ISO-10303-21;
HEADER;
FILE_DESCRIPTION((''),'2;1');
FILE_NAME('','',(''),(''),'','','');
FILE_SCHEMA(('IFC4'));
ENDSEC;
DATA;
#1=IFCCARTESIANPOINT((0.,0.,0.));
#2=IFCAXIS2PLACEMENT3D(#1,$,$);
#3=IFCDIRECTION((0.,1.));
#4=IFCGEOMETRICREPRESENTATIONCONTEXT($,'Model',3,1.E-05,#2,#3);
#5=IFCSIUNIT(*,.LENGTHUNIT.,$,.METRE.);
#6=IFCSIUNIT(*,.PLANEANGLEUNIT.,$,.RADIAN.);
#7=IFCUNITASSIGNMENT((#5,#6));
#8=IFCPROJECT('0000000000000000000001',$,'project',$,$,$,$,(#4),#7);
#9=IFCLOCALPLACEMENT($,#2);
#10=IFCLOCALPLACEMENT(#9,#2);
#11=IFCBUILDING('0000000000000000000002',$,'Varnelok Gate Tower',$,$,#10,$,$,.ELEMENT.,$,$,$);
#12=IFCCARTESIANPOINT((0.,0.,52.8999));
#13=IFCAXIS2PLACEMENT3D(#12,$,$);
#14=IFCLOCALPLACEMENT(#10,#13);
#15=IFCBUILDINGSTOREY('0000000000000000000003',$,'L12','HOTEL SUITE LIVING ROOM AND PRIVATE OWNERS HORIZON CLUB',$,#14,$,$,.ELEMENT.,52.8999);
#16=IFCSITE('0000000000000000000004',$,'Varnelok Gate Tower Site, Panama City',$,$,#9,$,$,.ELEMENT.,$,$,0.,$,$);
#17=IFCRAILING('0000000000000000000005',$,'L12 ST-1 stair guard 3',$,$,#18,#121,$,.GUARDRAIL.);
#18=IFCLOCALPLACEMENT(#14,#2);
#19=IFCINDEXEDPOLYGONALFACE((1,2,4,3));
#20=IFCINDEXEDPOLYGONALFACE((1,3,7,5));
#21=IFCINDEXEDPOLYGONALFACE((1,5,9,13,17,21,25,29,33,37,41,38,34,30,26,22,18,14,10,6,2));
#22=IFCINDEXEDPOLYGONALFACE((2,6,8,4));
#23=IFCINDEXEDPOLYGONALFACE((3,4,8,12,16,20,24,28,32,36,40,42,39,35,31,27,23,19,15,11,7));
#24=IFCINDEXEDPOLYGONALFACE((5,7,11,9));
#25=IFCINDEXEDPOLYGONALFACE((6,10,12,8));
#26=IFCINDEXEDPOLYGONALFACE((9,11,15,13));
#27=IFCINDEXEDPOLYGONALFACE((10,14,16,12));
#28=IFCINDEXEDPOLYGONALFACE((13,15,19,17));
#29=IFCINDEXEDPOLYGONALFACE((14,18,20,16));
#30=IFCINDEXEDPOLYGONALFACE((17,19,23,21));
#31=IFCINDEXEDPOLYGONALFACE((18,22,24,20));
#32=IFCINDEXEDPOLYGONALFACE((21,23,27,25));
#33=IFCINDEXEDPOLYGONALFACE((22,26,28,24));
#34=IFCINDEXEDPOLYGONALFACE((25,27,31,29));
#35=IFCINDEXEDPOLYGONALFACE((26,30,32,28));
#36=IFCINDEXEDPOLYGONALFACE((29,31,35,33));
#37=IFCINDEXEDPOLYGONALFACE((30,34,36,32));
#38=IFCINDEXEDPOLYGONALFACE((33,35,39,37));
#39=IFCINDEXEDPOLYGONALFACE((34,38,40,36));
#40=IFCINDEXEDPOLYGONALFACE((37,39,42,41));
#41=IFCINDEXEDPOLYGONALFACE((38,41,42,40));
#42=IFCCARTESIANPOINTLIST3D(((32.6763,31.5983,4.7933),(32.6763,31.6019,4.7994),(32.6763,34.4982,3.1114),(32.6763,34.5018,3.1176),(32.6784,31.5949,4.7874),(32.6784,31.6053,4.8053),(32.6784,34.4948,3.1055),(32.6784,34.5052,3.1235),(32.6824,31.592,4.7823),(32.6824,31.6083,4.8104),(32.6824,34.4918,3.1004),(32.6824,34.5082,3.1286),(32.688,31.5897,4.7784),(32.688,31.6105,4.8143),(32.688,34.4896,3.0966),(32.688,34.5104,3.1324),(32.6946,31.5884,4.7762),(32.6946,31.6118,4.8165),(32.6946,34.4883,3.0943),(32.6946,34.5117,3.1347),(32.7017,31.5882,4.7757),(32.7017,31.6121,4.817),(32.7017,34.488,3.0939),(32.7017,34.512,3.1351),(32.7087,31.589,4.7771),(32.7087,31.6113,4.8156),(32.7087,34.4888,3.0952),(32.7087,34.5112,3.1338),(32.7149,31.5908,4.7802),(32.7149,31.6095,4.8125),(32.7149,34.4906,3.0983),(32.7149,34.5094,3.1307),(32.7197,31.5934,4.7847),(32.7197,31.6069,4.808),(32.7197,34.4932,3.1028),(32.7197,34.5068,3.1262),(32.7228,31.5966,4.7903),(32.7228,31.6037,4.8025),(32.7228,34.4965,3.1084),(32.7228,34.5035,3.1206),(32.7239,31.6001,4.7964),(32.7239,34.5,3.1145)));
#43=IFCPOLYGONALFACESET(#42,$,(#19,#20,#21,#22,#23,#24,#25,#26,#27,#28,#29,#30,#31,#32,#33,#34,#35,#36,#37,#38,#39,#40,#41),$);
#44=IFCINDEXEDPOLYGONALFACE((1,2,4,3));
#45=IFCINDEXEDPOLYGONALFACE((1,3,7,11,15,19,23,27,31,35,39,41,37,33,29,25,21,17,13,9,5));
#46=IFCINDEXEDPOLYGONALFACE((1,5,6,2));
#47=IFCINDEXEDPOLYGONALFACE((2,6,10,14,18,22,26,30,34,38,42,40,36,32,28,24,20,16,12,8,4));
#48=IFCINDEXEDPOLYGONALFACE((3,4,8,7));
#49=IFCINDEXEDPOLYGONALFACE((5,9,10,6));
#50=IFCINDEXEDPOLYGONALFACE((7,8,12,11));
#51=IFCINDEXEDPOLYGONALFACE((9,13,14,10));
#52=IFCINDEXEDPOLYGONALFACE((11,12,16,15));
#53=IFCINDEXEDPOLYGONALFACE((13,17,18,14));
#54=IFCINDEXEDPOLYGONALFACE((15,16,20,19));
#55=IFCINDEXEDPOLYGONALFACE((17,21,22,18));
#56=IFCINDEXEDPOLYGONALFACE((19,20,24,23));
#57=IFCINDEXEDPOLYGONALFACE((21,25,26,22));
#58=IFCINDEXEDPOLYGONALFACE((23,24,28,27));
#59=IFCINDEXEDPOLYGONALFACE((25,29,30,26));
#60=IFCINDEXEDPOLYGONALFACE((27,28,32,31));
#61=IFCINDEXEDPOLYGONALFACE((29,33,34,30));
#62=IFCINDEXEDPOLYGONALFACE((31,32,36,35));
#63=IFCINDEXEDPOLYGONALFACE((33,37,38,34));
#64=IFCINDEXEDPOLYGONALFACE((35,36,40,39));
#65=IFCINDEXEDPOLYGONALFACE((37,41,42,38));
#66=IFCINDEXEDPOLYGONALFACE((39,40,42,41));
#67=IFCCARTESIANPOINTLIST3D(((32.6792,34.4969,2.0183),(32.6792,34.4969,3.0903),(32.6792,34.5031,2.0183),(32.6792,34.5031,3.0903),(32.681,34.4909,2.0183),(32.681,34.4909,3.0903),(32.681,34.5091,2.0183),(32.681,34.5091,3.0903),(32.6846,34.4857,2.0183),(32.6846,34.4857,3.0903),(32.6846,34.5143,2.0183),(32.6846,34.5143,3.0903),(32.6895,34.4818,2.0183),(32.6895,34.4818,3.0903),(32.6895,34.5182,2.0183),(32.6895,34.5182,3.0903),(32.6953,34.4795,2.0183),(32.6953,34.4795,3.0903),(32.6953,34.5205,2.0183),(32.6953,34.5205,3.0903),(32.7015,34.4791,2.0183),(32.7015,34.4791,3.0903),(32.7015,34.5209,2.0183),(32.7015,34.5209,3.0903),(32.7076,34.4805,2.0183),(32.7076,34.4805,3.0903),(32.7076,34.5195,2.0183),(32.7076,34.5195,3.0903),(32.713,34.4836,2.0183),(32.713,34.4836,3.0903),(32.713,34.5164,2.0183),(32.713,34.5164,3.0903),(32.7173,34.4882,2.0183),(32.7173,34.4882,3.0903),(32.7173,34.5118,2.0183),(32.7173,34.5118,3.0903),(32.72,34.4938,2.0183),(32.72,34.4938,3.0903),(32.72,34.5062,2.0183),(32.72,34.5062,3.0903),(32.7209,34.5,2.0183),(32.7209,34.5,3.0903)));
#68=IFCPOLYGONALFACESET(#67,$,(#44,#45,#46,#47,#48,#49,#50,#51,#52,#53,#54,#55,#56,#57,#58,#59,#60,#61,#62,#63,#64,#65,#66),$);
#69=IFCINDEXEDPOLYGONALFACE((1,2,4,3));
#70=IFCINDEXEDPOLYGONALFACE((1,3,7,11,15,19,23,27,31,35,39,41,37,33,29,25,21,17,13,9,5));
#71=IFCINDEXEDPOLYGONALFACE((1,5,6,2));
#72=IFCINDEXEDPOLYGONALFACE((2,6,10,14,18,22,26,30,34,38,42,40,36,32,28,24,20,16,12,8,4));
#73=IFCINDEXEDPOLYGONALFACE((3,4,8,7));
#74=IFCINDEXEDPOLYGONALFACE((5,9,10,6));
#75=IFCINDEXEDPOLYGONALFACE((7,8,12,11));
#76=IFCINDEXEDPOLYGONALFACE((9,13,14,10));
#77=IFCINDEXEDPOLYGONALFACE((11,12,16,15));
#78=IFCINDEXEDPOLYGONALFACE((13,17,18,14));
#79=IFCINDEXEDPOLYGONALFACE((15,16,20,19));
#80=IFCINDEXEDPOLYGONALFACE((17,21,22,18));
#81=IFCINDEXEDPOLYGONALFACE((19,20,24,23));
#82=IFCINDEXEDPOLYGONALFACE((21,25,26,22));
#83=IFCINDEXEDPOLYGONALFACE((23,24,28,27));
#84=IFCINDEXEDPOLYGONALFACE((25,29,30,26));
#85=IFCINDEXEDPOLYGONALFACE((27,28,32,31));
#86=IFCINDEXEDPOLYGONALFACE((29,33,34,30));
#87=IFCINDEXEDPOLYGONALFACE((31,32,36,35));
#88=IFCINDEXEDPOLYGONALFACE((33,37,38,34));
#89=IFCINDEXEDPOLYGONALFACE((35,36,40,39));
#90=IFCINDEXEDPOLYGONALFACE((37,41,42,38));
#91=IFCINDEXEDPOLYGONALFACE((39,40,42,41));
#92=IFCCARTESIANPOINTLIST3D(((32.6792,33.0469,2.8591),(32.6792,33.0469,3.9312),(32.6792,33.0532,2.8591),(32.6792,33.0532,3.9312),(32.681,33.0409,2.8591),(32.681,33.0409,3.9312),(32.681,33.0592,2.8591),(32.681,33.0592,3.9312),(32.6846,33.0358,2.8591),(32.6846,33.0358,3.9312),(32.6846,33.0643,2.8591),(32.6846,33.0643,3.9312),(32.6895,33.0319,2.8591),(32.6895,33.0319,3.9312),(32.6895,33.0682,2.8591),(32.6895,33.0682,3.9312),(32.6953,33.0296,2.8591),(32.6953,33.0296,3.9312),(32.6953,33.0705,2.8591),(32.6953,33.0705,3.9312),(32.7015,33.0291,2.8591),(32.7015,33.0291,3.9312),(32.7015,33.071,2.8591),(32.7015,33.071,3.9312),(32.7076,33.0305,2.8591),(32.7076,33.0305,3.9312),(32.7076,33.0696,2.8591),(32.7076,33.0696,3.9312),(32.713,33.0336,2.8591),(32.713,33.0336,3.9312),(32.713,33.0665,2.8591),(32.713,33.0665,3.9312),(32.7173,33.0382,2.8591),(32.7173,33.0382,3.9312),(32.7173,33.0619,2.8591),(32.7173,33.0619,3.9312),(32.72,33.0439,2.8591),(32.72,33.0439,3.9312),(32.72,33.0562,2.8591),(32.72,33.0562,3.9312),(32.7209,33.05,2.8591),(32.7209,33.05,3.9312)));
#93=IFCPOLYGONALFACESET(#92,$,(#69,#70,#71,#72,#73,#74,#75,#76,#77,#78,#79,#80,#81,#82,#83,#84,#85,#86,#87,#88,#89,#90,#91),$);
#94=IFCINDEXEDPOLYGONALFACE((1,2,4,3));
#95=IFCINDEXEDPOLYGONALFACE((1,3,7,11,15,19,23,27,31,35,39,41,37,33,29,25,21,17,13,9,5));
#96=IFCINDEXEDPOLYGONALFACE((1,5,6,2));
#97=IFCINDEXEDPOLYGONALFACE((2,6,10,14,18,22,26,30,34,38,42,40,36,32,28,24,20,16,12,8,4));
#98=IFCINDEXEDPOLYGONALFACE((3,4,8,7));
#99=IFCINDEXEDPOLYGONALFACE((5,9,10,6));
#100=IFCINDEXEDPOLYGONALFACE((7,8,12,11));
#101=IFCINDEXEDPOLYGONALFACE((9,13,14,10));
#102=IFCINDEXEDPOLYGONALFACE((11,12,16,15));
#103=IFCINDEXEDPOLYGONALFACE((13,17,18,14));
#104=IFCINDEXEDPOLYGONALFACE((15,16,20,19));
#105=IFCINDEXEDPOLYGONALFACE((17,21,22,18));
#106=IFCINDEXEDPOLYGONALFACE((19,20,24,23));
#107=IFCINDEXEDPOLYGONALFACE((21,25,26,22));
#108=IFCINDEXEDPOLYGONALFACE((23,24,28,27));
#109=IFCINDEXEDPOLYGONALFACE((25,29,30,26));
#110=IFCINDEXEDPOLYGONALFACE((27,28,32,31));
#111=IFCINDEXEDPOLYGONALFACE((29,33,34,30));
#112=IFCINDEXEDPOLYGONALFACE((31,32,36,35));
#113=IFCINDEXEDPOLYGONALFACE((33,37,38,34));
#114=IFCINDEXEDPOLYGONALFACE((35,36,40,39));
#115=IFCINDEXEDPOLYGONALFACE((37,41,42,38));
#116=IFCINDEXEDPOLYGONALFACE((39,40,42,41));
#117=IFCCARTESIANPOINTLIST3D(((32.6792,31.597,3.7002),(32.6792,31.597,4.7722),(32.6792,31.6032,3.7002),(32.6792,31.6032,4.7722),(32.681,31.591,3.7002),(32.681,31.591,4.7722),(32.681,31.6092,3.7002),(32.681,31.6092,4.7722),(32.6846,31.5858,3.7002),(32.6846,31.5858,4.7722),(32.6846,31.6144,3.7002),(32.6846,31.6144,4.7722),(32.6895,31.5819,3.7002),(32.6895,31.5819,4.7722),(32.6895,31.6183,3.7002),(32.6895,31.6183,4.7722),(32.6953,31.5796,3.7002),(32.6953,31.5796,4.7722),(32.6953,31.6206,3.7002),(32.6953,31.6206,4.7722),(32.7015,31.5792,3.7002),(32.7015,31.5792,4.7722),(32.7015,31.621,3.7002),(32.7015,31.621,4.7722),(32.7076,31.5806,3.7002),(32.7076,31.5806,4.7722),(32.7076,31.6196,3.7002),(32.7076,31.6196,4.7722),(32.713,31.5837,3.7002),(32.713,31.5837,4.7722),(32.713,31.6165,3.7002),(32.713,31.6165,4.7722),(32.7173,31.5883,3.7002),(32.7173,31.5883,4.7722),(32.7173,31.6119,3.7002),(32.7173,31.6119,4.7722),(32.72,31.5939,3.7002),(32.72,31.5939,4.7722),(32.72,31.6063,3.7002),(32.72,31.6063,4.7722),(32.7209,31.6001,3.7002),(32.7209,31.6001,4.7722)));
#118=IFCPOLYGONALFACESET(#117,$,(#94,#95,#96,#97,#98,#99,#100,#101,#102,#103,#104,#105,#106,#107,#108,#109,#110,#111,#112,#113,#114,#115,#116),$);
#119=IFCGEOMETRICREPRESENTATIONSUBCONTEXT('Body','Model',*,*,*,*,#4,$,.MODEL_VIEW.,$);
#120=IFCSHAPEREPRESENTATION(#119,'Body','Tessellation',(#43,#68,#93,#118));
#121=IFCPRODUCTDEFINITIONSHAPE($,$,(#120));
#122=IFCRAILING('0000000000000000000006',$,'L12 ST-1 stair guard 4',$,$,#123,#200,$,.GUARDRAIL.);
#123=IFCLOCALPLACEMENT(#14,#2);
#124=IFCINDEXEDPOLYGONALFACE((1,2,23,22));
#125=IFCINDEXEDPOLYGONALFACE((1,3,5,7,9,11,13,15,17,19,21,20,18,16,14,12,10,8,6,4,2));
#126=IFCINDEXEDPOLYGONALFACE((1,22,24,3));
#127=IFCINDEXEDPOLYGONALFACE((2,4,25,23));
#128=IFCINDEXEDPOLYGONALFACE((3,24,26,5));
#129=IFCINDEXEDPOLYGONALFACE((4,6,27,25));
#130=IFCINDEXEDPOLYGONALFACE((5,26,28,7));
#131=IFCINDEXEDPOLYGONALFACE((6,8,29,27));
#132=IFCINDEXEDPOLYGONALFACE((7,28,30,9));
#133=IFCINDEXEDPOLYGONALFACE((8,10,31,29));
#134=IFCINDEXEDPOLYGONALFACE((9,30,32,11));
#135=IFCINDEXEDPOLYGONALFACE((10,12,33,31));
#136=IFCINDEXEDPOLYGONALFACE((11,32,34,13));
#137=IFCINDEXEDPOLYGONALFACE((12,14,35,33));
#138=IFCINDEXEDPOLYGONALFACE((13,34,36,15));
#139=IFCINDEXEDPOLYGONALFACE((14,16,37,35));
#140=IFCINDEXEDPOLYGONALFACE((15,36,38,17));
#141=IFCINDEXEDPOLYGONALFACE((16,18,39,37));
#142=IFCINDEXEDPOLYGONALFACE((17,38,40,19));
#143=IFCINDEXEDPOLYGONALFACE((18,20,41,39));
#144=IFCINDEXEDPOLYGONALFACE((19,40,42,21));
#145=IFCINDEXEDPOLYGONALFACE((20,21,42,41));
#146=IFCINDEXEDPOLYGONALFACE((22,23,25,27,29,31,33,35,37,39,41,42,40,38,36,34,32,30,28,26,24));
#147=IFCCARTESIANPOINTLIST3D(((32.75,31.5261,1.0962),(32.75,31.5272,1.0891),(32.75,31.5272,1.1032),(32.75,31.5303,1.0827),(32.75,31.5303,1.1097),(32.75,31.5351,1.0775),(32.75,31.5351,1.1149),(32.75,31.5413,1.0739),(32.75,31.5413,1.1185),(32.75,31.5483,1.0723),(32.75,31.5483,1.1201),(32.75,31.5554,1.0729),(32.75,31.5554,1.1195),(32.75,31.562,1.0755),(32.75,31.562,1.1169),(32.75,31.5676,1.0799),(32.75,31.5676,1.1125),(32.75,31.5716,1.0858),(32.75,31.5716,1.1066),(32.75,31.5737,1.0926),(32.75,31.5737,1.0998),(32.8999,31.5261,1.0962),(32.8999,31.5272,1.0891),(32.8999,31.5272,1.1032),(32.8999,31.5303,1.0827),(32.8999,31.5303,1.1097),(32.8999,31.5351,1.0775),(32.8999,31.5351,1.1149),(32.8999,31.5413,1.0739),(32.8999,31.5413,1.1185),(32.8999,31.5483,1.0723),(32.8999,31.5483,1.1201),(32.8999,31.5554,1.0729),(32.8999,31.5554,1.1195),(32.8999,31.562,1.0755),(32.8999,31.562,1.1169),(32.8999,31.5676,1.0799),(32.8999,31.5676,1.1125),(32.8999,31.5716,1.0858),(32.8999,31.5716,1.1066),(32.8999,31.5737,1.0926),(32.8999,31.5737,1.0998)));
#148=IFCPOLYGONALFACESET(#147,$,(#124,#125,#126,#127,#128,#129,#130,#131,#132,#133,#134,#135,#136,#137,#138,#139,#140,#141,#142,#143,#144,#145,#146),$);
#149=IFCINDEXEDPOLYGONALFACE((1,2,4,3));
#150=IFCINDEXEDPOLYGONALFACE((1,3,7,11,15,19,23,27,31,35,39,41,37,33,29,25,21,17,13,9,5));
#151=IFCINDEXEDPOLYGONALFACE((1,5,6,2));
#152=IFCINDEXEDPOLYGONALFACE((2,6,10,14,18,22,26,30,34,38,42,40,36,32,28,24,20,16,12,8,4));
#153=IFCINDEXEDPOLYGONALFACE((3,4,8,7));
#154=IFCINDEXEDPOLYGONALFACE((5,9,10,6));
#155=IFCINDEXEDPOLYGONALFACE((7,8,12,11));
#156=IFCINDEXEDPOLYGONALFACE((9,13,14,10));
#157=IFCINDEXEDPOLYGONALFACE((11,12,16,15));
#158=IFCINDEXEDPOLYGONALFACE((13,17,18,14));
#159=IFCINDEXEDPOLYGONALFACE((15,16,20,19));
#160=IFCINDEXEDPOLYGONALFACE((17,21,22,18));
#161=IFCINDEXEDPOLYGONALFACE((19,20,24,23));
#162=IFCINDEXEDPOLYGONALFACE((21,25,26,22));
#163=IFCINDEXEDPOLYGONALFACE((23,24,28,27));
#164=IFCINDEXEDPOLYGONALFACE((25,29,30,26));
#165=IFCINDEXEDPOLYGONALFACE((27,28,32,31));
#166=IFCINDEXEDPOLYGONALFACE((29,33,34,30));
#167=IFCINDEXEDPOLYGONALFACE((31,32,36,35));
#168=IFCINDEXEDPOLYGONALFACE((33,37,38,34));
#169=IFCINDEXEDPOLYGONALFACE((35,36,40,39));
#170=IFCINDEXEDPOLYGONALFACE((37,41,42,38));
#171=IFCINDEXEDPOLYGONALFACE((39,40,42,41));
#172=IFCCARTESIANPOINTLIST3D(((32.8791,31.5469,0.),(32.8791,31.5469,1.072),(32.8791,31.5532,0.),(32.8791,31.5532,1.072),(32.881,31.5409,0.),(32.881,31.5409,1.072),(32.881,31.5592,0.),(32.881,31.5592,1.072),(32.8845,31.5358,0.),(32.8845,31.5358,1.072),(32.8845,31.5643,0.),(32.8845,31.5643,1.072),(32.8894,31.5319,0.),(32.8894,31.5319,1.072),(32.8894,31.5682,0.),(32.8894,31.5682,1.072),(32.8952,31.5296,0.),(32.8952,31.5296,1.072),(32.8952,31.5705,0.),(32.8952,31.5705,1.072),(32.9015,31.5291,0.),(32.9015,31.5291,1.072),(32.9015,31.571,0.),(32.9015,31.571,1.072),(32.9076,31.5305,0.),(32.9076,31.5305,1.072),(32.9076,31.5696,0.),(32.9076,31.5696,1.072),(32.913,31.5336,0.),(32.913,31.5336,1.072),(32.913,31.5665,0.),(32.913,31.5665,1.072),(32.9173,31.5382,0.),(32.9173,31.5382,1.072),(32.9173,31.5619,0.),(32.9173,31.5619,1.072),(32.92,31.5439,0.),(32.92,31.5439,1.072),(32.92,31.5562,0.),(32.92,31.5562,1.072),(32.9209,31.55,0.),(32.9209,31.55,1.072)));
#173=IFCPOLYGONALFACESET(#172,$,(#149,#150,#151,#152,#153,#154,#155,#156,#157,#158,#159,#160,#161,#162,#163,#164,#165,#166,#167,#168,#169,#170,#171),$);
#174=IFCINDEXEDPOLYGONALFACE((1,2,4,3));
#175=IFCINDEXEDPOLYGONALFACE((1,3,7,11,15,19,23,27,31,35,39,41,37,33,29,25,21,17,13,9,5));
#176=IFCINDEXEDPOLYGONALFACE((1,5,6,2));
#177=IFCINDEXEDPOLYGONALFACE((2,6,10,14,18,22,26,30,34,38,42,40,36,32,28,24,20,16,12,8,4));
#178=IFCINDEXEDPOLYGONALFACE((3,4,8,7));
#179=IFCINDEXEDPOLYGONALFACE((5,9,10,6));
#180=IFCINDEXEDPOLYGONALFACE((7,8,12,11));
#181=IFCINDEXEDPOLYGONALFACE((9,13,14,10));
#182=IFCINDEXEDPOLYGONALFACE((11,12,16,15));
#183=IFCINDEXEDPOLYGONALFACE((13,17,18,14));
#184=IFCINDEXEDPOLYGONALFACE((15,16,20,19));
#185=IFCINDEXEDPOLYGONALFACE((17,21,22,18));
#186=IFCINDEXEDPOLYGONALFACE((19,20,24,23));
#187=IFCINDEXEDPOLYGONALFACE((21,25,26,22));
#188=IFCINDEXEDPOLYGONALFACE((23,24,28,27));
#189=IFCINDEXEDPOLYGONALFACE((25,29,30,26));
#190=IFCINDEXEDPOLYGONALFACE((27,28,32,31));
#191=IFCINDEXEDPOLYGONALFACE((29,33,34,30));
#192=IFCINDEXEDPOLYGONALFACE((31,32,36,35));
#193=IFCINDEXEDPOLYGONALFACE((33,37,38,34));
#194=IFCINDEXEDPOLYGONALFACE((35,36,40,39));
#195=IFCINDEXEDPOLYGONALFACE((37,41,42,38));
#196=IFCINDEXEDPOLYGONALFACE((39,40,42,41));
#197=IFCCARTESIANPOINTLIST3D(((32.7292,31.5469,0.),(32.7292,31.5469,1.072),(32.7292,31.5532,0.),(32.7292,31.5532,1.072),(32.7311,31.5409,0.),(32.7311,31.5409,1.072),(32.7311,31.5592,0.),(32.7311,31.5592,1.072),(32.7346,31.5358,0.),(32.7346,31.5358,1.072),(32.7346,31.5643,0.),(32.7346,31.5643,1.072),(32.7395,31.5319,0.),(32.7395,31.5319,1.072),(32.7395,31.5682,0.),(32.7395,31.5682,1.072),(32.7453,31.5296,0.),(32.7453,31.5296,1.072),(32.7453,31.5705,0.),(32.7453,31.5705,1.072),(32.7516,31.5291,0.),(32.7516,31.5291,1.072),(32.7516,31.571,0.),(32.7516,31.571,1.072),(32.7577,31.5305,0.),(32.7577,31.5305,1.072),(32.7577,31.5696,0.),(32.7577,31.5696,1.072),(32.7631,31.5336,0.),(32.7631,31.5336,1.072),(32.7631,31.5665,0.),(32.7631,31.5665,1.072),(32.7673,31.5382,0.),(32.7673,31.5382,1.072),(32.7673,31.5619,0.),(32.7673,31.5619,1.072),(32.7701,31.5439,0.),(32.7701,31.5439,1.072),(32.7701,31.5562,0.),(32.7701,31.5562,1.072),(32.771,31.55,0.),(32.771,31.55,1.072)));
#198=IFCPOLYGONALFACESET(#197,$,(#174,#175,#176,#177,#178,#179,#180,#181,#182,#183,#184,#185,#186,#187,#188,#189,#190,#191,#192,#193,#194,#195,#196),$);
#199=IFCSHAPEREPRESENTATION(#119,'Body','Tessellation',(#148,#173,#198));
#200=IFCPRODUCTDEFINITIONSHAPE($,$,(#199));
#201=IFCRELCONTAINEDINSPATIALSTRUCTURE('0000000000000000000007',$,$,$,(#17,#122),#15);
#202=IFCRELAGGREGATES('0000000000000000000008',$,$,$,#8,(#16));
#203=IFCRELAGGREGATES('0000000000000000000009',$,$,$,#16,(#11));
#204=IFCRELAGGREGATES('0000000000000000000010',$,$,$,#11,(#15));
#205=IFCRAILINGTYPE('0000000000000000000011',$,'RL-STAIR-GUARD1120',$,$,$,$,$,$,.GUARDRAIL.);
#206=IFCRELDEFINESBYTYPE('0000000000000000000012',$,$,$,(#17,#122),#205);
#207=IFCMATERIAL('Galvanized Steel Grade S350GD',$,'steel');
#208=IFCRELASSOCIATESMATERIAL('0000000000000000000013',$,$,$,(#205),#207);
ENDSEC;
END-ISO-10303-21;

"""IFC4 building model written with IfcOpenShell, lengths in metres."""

from ifc_helpers import new_model, si_unit, direction, frame, origin, origin_2d, place, context, subcontext, project, spatial, circle, extrude, material, type_object, element, save


model = new_model("IFC4")

# Units and contexts
model_context = context("Model", 3, precision=1e-05, world=origin(), true_north=direction((0.0, 1.0)))
body_context = subcontext(model_context, "Body", "Model", "MODEL_VIEW")
ifc_project = project(units=[si_unit("LENGTHUNIT", "METRE"), si_unit("PLANEANGLEUNIT", "RADIAN")], contexts=[model_context])

# Site, building, storey
site_placement = place(None, origin())
site = spatial("IfcSite", under=ifc_project, at=site_placement, Name="Varnelok Gate Tower Site, Panama City", CompositionType="ELEMENT", RefElevation=0.0)
building_placement = place(site_placement, origin())
building = spatial("IfcBuilding", under=site, at=building_placement, Name="Varnelok Gate Tower", CompositionType="ELEMENT")
storey_placement = place(building_placement, frame((0.0, 0.0, 52.8999)))
storey = spatial("IfcBuildingStorey", under=building, at=storey_placement, Name="L12", Description="HOTEL SUITE LIVING ROOM AND PRIVATE OWNERS HORIZON CLUB", CompositionType="ELEMENT", Elevation=52.8999)

# Shared definitions
ifc_material_1 = material(Name="Galvanized Steel Grade S350GD", Category="steel")

# Railings
railing_type_1 = type_object("IfcRailingType", Name="RL-STAIR-GUARD1120", PredefinedType="GUARDRAIL", material=ifc_material_1)
railing_1_placement = place(storey_placement, frame((32.7, 34.5, 2.0183)))
element("IfcRailing", 1, at=railing_1_placement, inside=storey, type_object=railing_type_1, Name="L12 ST-1 stair guard 3", PredefinedType="GUARDRAIL", context=body_context, shape_type="SweptSolid", body=[
    extrude(circle(Radius=0.0239, at=origin_2d()), frame((0.0, 0.0, 1.0962), z_axis=(0.0, -0.865039, 0.501705), x_axis=(1.0, 0.0, 0.0)), (0.0, 0.0, 1.0), 3.3523),
    extrude(circle(Radius=0.021, at=origin_2d()), origin(), (0.0, 0.0, 1.0), 1.072),
    extrude(circle(Radius=0.021, at=origin_2d()), frame((0.0, -1.45, 0.8408)), (0.0, 0.0, 1.0), 1.072),
    extrude(circle(Radius=0.021, at=origin_2d()), frame((0.0, -2.8999, 1.6819)), (0.0, 0.0, 1.0), 1.072),
])
railing_2_placement = place(storey_placement, frame((32.8999, 31.55, 0.0)))
element("IfcRailing", 2, at=railing_2_placement, inside=storey, type_object=railing_type_1, Name="L12 ST-1 stair guard 4", PredefinedType="GUARDRAIL", context=body_context, shape_type="SweptSolid", body=[
    extrude(circle(Radius=0.0239, at=origin_2d()), frame((0.0, 0.0, 1.0962), z_axis=(-1.0, 0.0, 0.0), x_axis=(0.0, -1.0, 0.0)), (0.0, 0.0, 1.0), 0.1499),
    extrude(circle(Radius=0.021, at=origin_2d()), origin(), (0.0, 0.0, 1.0), 1.072),
    extrude(circle(Radius=0.021, at=origin_2d()), frame((-0.1499, 0.0, 0.0)), (0.0, 0.0, 1.0), 1.072),
])

save(model, "model.ifc")
